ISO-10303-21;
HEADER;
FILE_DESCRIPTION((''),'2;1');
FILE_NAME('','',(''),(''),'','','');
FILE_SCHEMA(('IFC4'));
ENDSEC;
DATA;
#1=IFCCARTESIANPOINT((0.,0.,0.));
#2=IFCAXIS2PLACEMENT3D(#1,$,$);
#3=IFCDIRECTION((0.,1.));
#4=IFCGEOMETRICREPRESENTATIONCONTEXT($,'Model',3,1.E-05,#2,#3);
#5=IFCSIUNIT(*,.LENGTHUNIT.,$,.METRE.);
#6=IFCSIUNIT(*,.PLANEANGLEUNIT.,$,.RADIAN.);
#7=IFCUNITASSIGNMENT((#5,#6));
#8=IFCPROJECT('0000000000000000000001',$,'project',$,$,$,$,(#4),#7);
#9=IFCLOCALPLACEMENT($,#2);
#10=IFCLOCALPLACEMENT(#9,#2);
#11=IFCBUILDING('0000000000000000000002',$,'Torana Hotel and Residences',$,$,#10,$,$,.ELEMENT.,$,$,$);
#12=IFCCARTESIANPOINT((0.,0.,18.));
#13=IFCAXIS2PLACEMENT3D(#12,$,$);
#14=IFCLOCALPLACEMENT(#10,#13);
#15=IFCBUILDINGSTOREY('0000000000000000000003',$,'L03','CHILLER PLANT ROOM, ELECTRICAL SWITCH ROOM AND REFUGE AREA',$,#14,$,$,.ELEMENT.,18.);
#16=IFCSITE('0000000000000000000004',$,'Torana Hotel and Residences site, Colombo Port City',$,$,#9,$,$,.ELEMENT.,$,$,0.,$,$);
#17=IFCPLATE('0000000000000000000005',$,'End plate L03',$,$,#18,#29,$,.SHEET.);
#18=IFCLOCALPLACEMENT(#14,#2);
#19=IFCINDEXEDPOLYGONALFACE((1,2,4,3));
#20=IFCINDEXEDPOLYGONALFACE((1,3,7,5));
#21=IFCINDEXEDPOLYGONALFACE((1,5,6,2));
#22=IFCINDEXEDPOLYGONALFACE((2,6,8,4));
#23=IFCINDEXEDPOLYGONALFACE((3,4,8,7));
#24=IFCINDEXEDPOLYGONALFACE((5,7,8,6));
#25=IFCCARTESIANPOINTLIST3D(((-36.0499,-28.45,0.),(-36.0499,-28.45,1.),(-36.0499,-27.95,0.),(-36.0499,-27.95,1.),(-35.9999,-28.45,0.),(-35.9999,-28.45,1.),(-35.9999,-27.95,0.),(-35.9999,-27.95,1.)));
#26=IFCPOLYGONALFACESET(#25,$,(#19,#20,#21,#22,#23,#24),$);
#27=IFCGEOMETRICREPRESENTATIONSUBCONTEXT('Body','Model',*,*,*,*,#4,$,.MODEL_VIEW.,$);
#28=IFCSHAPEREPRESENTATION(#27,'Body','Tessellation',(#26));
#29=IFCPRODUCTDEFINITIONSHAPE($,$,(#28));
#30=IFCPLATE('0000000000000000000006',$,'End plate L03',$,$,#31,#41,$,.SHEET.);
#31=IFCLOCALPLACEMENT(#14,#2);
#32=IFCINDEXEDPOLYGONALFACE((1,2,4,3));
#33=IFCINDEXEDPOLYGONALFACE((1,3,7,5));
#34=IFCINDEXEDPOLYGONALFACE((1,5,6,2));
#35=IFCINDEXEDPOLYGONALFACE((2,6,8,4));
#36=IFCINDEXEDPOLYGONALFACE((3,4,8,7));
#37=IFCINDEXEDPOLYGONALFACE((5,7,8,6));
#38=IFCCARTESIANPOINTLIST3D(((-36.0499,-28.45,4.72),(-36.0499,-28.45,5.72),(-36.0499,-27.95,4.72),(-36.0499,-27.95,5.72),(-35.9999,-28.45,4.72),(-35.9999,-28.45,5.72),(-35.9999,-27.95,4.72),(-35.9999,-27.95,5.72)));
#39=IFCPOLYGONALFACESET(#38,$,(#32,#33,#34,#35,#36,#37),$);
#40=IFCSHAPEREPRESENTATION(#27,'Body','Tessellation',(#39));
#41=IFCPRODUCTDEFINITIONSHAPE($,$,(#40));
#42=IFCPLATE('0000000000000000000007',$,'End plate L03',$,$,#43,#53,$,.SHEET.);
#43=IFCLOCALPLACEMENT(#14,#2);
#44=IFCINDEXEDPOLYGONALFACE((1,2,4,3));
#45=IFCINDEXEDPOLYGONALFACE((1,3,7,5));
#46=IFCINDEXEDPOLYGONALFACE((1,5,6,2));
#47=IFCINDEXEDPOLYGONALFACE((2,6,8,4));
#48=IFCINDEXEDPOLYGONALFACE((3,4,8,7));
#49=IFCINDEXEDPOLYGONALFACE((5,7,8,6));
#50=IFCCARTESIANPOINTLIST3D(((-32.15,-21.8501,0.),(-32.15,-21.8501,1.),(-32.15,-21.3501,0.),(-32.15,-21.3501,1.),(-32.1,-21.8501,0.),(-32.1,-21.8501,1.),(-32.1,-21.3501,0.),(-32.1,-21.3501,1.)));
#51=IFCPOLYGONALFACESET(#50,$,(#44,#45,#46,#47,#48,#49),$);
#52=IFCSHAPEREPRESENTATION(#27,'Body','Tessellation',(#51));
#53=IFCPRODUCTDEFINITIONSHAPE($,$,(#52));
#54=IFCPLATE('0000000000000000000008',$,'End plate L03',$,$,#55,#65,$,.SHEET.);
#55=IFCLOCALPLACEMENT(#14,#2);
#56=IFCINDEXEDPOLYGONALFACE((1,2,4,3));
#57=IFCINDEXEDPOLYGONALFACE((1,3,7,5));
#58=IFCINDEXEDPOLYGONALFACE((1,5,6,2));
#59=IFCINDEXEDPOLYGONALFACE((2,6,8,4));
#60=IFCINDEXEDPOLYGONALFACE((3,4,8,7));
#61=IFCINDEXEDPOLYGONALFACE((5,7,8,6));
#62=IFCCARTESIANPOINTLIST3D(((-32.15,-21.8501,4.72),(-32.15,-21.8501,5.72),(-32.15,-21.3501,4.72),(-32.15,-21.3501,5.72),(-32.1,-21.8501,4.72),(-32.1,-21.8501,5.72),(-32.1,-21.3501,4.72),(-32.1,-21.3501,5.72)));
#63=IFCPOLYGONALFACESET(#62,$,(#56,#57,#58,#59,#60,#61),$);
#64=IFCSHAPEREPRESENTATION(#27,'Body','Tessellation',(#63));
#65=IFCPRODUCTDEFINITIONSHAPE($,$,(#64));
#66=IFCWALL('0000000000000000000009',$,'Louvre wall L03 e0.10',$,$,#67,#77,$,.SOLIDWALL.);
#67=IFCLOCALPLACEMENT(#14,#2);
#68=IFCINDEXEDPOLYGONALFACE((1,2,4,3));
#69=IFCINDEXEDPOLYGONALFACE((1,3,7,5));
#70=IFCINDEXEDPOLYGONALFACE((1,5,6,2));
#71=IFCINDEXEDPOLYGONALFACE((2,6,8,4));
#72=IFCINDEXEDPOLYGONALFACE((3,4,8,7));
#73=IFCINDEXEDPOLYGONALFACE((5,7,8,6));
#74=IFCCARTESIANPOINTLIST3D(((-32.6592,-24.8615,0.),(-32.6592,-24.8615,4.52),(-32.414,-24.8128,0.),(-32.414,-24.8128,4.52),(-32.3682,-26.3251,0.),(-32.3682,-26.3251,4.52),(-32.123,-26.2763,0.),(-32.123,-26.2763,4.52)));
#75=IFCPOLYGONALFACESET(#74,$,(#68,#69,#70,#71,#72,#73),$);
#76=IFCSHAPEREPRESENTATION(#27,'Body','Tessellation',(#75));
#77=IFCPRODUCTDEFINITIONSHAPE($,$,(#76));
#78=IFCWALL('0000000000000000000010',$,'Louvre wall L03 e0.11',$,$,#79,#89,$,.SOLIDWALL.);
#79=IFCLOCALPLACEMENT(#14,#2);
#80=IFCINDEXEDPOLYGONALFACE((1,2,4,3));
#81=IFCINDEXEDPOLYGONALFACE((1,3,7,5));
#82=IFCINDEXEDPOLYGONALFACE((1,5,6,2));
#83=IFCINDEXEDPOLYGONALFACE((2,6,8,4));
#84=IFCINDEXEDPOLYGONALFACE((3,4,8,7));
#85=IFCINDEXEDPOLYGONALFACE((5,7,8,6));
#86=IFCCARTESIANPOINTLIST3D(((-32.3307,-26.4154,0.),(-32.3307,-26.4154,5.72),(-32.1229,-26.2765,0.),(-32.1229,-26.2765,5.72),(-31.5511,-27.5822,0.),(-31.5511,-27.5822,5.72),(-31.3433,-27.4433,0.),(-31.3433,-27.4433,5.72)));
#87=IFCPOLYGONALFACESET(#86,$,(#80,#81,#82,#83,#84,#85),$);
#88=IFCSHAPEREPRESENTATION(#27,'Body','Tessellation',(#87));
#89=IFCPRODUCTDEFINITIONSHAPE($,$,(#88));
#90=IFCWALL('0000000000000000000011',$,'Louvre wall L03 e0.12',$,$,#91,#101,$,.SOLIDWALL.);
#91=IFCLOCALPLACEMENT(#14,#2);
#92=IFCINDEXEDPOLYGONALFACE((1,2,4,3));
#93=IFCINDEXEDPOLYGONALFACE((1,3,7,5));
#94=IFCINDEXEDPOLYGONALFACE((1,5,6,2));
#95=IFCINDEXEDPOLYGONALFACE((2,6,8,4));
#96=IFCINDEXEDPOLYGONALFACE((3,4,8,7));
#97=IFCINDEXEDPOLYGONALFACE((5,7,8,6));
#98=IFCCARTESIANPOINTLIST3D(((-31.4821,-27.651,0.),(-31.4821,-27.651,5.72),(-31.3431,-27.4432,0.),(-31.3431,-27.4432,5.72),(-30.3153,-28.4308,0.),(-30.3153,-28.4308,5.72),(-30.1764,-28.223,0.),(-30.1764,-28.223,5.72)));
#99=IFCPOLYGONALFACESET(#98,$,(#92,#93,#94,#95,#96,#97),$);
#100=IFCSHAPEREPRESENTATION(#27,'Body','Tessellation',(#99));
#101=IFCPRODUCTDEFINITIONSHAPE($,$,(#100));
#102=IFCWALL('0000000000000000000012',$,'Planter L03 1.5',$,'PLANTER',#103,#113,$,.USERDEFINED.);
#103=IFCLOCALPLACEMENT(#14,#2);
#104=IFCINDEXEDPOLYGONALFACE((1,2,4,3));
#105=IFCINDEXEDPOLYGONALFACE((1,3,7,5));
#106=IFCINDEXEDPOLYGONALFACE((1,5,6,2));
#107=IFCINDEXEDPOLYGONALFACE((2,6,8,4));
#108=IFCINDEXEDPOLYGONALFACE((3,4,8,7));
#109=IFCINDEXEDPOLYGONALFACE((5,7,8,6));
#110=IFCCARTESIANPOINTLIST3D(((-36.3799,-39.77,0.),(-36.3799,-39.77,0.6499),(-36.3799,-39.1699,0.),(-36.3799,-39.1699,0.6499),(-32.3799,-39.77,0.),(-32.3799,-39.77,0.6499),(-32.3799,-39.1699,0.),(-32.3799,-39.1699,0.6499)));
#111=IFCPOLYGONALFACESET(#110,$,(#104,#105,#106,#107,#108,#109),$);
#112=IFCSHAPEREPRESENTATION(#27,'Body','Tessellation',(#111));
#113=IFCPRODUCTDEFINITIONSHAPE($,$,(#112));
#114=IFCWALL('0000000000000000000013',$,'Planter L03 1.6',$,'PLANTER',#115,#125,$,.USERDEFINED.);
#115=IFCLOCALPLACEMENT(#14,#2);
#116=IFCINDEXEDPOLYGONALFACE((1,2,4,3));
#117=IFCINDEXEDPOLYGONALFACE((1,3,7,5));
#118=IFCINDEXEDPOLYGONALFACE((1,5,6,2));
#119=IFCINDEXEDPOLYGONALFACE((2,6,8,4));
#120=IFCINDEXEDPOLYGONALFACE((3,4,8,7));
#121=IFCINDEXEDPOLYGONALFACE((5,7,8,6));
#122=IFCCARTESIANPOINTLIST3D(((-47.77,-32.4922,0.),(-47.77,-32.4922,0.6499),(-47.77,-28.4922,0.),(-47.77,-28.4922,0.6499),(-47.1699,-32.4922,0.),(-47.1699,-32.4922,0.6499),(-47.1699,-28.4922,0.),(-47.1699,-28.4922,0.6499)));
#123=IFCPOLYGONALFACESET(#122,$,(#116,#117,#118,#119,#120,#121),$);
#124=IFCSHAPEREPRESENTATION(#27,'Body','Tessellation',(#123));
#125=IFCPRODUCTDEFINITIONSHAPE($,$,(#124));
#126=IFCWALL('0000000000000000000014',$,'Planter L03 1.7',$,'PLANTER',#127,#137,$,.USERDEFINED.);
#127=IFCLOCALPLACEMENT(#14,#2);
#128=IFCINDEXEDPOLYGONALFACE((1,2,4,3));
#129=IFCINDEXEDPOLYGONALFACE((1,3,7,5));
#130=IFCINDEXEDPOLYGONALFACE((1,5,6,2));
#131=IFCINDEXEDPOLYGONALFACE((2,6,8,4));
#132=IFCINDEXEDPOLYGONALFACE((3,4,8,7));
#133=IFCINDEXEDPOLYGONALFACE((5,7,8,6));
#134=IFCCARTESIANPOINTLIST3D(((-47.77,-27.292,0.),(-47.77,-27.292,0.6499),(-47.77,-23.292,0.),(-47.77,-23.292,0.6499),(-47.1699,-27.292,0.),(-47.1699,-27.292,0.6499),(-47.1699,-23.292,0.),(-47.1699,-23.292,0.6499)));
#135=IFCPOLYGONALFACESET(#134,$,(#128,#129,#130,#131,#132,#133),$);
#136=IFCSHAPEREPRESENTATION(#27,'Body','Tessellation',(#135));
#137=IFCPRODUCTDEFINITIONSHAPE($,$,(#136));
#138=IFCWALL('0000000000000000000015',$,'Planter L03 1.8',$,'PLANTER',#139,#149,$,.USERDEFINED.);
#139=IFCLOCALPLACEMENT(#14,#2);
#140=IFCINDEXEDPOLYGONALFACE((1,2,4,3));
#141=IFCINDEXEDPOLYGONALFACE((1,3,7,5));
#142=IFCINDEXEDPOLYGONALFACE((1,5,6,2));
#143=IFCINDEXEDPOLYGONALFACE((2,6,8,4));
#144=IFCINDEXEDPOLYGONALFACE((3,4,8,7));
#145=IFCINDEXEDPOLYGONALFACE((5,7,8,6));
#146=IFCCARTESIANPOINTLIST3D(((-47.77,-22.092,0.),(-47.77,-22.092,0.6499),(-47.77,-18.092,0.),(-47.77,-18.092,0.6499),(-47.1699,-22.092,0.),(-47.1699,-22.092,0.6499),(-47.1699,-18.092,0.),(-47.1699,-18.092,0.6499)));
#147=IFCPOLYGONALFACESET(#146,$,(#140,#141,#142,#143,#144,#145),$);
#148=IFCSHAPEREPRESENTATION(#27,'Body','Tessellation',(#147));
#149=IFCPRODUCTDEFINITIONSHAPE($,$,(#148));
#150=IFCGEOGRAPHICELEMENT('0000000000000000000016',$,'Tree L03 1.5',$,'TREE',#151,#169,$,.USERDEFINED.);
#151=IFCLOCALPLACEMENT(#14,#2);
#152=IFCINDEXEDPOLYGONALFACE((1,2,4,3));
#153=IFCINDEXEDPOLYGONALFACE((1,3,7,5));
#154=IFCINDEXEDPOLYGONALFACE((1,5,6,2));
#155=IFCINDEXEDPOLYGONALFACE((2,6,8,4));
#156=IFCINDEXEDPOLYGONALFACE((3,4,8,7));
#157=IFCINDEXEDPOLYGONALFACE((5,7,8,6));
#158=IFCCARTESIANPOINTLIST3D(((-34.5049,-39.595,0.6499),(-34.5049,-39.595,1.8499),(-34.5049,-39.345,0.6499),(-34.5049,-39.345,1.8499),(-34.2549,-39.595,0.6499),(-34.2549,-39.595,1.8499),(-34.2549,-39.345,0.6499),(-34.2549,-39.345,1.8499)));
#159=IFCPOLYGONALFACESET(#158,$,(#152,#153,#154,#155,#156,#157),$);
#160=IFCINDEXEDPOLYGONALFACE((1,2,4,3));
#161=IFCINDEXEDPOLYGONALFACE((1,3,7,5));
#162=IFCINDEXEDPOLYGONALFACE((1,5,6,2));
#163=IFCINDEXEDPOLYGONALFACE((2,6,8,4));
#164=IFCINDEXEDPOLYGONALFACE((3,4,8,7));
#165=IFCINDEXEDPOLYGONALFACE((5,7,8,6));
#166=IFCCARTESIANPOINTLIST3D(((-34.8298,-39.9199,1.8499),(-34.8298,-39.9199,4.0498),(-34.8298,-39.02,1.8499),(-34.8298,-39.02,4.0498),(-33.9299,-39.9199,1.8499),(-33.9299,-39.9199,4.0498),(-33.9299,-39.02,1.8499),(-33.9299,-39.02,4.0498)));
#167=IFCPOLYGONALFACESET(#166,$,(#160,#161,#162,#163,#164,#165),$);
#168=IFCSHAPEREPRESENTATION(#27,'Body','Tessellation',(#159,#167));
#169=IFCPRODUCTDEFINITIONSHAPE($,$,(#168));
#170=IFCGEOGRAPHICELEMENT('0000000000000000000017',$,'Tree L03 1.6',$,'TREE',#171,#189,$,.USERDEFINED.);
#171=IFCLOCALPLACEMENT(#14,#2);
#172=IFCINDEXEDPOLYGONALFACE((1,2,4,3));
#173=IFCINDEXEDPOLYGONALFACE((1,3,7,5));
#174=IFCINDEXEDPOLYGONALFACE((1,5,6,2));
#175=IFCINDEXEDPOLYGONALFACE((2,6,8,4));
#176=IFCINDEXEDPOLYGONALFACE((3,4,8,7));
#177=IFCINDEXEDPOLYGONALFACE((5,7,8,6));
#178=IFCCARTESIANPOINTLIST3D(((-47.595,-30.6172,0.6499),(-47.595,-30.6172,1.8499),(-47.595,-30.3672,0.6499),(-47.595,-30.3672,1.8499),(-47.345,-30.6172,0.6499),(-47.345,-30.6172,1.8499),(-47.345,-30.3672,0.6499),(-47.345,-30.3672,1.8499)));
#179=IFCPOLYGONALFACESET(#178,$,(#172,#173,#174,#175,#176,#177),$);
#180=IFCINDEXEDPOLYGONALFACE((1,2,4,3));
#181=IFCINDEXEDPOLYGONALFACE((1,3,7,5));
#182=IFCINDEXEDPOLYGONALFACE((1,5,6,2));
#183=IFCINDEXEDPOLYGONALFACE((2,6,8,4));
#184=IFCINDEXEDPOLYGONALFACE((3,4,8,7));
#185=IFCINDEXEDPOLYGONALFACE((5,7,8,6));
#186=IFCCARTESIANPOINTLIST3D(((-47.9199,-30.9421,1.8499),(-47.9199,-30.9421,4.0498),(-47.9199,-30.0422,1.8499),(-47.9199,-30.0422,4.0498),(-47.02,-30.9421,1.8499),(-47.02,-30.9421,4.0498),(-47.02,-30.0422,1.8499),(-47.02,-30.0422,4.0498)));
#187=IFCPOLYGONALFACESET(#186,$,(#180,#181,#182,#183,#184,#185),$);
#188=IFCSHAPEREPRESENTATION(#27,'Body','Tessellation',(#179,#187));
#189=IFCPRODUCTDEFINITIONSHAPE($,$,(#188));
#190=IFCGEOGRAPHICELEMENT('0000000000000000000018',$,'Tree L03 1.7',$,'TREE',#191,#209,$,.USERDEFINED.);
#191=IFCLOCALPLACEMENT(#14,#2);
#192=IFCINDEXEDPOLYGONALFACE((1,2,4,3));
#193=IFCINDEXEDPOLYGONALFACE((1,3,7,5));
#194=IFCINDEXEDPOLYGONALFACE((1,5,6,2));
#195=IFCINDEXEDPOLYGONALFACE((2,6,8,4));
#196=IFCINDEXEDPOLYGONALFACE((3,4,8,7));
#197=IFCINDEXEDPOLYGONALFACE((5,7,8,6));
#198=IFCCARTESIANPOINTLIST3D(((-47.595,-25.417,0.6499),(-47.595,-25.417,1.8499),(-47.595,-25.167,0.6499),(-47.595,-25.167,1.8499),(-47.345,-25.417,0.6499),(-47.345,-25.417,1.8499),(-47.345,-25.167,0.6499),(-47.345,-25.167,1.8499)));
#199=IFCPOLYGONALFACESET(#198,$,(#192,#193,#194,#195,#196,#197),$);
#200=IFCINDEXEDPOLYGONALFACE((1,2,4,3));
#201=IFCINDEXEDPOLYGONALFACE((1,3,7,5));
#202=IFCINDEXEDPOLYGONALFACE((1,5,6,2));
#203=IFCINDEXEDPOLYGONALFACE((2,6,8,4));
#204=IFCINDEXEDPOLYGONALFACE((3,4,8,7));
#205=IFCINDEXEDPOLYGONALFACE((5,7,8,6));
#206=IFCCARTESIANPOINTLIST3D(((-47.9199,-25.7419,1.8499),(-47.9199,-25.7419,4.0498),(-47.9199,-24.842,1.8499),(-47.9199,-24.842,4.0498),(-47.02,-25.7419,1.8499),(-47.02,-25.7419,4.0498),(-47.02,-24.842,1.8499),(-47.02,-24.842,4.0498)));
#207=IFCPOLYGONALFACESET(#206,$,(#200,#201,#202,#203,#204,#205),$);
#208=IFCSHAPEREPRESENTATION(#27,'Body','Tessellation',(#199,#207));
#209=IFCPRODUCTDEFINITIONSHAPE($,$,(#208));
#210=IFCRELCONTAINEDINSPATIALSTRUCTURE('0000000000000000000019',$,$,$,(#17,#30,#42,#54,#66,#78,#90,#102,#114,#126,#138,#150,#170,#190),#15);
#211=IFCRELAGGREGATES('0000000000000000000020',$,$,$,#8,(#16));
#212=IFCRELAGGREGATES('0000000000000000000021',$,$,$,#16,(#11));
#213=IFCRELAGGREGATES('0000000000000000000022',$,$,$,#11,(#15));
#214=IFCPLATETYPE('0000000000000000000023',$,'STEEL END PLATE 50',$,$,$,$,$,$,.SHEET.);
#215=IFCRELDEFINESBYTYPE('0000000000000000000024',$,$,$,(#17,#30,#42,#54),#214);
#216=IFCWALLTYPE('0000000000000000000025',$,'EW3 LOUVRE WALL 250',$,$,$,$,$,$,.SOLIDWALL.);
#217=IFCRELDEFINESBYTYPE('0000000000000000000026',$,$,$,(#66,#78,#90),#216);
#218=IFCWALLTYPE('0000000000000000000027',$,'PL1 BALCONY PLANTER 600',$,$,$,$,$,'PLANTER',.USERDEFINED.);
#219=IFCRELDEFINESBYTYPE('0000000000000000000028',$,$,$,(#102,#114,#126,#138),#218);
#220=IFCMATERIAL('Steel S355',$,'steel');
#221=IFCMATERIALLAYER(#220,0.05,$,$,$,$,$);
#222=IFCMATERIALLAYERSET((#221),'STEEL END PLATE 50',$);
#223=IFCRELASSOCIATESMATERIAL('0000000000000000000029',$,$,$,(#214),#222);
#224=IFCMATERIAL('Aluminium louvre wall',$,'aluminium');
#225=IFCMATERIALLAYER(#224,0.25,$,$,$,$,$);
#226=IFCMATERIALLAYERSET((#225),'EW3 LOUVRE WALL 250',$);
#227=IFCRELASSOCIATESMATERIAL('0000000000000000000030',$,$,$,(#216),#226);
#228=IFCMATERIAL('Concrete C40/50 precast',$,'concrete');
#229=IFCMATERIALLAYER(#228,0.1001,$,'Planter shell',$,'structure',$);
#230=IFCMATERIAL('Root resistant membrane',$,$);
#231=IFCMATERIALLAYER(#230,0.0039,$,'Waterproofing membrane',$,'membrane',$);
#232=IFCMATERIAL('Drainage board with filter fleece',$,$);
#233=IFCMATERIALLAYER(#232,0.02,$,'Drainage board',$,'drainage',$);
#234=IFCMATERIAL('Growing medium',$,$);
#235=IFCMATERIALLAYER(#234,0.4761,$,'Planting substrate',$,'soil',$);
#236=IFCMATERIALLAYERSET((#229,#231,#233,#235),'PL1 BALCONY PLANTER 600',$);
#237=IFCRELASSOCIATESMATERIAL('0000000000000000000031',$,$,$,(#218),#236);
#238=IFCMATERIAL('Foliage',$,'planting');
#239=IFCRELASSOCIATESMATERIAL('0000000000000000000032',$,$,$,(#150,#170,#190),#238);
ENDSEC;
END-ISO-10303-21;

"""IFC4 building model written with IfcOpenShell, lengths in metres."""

from ifc_helpers import new_model, si_unit, direction, frame, frame_2d, origin, origin_2d, place, context, subcontext, project, spatial, rectangle, extrude, material, layer, layer_set, type_object, element, save


model = new_model("IFC4")

# Units and contexts
model_context = context("Model", 3, precision=1e-05, world=origin(), true_north=direction((0.0, 1.0)))
body_context = subcontext(model_context, "Body", "Model", "MODEL_VIEW")
ifc_project = project(units=[si_unit("LENGTHUNIT", "METRE"), si_unit("PLANEANGLEUNIT", "RADIAN")], contexts=[model_context])

# Site, building, storey
site_placement = place(None, origin())
site = spatial("IfcSite", under=ifc_project, at=site_placement, Name="Torana Hotel and Residences site, Colombo Port City", CompositionType="ELEMENT", RefElevation=0.0)
building_placement = place(site_placement, origin())
building = spatial("IfcBuilding", under=site, at=building_placement, Name="Torana Hotel and Residences", CompositionType="ELEMENT")
storey_placement = place(building_placement, frame((0.0, 0.0, 18.0)))
storey = spatial("IfcBuildingStorey", under=building, at=storey_placement, Name="L03", Description="CHILLER PLANT ROOM, ELECTRICAL SWITCH ROOM AND REFUGE AREA", CompositionType="ELEMENT", Elevation=18.0)

# Plates
ifc_material_1 = material(Name="Steel S355", Category="steel")
ifc_layer_1 = layer(ifc_material_1, 0.05)
ifc_layer_set_1 = layer_set([ifc_layer_1], Name="STEEL END PLATE 50")
plate_type_1 = type_object("IfcPlateType", Name="STEEL END PLATE 50", PredefinedType="SHEET", material=ifc_layer_set_1)
for number, where, z_axis, x_axis, name in (
    (1, (-36.0249, -28.2, 0.0), (0.0, 0.0, 1.0), (-1.0, 0.0, 0.0), "End plate L03"),
    (2, (-36.0249, -28.2, 4.72), (0.0, 0.0, 1.0), (-1.0, 0.0, 0.0), "End plate L03"),
    (3, (-32.125, -21.6001, 0.0), (0.0, 0.0, 1.0), (-1.0, 0.0, 0.0), "End plate L03"),
    (4, (-32.125, -21.6001, 4.72), (0.0, 0.0, 1.0), (-1.0, 0.0, 0.0), "End plate L03"),
):
    element("IfcPlate", number, at=place(storey_placement, frame(where, z_axis=z_axis, x_axis=x_axis)), inside=storey, type_object=plate_type_1, Name=name, PredefinedType="SHEET", context=body_context, shape_type="SweptSolid", body=[
        extrude(rectangle(XDim=0.05, YDim=0.5, at=origin_2d()), origin(), (0.0, 0.0, 1.0), 1.0),
    ])

# Walls
ifc_material_2 = material(Name="Aluminium louvre wall", Category="aluminium")
ifc_layer_2 = layer(ifc_material_2, 0.25)
ifc_layer_set_2 = layer_set([ifc_layer_2], Name="EW3 LOUVRE WALL 250")
wall_type_1 = type_object("IfcWallType", Name="EW3 LOUVRE WALL 250", PredefinedType="SOLIDWALL", material=ifc_layer_set_2)
wall_placement = place(storey_placement, frame((-32.5366, -24.8372, 0.0), z_axis=(0.0, 0.0, 1.0), x_axis=(0.195015, -0.9808, 0.0)))
element("IfcWall", 5, at=wall_placement, inside=storey, type_object=wall_type_1, Name="Louvre wall L03 e0.10", PredefinedType="SOLIDWALL", context=body_context, shape_type="SweptSolid", body=[
    extrude(rectangle(XDim=1.4922, YDim=0.25, at=frame_2d((0.7461, 0.0))), origin(), (0.0, 0.0, 1.0), 4.52),
])
for number, where, z_axis, x_axis, name in (
    (6, (-32.2268, -26.3459, 0.0), (0.0, 0.0, 1.0), (0.555543, -0.831488, 0.0), "Louvre wall L03 e0.11"),
    (7, (-31.4126, -27.5471, 0.0), (0.0, 0.0, 1.0), (0.831407, -0.555663, 0.0), "Louvre wall L03 e0.12"),
):
    element("IfcWall", number, at=place(storey_placement, frame(where, z_axis=z_axis, x_axis=x_axis)), inside=storey, type_object=wall_type_1, Name=name, PredefinedType="SOLIDWALL", context=body_context, shape_type="SweptSolid", body=[
        extrude(rectangle(XDim=1.4033, YDim=0.25, at=frame_2d((0.7017, 0.0))), origin(), (0.0, 0.0, 1.0), 5.72),
    ])
ifc_material_3 = material(Name="Concrete C40/50 precast", Category="concrete")
ifc_layer_3 = layer(ifc_material_3, 0.1001, Name="Planter shell", Category="structure")
ifc_material_4 = material(Name="Root resistant membrane")
ifc_layer_4 = layer(ifc_material_4, 0.0039, Name="Waterproofing membrane", Category="membrane")
ifc_material_5 = material(Name="Drainage board with filter fleece")
ifc_layer_5 = layer(ifc_material_5, 0.02, Name="Drainage board", Category="drainage")
ifc_material_6 = material(Name="Growing medium")
ifc_layer_6 = layer(ifc_material_6, 0.4761, Name="Planting substrate", Category="soil")
ifc_layer_set_3 = layer_set([ifc_layer_3, ifc_layer_4, ifc_layer_5, ifc_layer_6], Name="PL1 BALCONY PLANTER 600")
wall_type_2 = type_object("IfcWallType", Name="PL1 BALCONY PLANTER 600", ElementType="PLANTER", PredefinedType="USERDEFINED", material=ifc_layer_set_3)
for number, where, z_axis, x_axis, name in (
    (8, (-32.3799, -39.47, 0.0), (0.0, 0.0, 1.0), (-1.0, 0.0, 0.0), "Planter L03 1.5"),
    (9, (-47.47, -32.4922, 0.0), (0.0, 0.0, 1.0), (0.0, 1.0, 0.0), "Planter L03 1.6"),
    (10, (-47.47, -27.292, 0.0), (0.0, 0.0, 1.0), (0.0, 1.0, 0.0), "Planter L03 1.7"),
    (11, (-47.47, -22.092, 0.0), (0.0, 0.0, 1.0), (0.0, 1.0, 0.0), "Planter L03 1.8"),
):
    element("IfcWall", number, at=place(storey_placement, frame(where, z_axis=z_axis, x_axis=x_axis)), inside=storey, type_object=wall_type_2, Name=name, ObjectType="PLANTER", PredefinedType="USERDEFINED", context=body_context, shape_type="SweptSolid", body=[
        extrude(rectangle(XDim=4.0, YDim=0.6001, at=frame_2d((2.0, 0.0))), origin(), (0.0, 0.0, 1.0), 0.6499),
    ])

# Geographic elements
ifc_material_7 = material(Name="Foliage", Category="planting")
for number, where, z_axis, x_axis, name in (
    (12, (-34.3799, -39.47, 0.6499), (0.0, 0.0, 1.0), (1.0, 0.0, 0.0), "Tree L03 1.5"),
    (13, (-47.47, -30.4922, 0.6499), (0.0, 0.0, 1.0), (1.0, 0.0, 0.0), "Tree L03 1.6"),
    (14, (-47.47, -25.292, 0.6499), (0.0, 0.0, 1.0), (1.0, 0.0, 0.0), "Tree L03 1.7"),
):
    element("IfcGeographicElement", number, at=place(storey_placement, frame(where, z_axis=z_axis, x_axis=x_axis)), inside=storey, material=ifc_material_7, Name=name, ObjectType="TREE", PredefinedType="USERDEFINED", context=body_context, shape_type="SweptSolid", body=[
        extrude(rectangle(XDim=0.25, YDim=0.25, at=origin_2d()), origin(), (0.0, 0.0, 1.0), 1.2),
        extrude(rectangle(XDim=0.8999, YDim=0.8999, at=origin_2d()), frame((0.0, 0.0, 1.2)), (0.0, 0.0, 1.0), 2.2),
    ])

save(model, "model.ifc")
